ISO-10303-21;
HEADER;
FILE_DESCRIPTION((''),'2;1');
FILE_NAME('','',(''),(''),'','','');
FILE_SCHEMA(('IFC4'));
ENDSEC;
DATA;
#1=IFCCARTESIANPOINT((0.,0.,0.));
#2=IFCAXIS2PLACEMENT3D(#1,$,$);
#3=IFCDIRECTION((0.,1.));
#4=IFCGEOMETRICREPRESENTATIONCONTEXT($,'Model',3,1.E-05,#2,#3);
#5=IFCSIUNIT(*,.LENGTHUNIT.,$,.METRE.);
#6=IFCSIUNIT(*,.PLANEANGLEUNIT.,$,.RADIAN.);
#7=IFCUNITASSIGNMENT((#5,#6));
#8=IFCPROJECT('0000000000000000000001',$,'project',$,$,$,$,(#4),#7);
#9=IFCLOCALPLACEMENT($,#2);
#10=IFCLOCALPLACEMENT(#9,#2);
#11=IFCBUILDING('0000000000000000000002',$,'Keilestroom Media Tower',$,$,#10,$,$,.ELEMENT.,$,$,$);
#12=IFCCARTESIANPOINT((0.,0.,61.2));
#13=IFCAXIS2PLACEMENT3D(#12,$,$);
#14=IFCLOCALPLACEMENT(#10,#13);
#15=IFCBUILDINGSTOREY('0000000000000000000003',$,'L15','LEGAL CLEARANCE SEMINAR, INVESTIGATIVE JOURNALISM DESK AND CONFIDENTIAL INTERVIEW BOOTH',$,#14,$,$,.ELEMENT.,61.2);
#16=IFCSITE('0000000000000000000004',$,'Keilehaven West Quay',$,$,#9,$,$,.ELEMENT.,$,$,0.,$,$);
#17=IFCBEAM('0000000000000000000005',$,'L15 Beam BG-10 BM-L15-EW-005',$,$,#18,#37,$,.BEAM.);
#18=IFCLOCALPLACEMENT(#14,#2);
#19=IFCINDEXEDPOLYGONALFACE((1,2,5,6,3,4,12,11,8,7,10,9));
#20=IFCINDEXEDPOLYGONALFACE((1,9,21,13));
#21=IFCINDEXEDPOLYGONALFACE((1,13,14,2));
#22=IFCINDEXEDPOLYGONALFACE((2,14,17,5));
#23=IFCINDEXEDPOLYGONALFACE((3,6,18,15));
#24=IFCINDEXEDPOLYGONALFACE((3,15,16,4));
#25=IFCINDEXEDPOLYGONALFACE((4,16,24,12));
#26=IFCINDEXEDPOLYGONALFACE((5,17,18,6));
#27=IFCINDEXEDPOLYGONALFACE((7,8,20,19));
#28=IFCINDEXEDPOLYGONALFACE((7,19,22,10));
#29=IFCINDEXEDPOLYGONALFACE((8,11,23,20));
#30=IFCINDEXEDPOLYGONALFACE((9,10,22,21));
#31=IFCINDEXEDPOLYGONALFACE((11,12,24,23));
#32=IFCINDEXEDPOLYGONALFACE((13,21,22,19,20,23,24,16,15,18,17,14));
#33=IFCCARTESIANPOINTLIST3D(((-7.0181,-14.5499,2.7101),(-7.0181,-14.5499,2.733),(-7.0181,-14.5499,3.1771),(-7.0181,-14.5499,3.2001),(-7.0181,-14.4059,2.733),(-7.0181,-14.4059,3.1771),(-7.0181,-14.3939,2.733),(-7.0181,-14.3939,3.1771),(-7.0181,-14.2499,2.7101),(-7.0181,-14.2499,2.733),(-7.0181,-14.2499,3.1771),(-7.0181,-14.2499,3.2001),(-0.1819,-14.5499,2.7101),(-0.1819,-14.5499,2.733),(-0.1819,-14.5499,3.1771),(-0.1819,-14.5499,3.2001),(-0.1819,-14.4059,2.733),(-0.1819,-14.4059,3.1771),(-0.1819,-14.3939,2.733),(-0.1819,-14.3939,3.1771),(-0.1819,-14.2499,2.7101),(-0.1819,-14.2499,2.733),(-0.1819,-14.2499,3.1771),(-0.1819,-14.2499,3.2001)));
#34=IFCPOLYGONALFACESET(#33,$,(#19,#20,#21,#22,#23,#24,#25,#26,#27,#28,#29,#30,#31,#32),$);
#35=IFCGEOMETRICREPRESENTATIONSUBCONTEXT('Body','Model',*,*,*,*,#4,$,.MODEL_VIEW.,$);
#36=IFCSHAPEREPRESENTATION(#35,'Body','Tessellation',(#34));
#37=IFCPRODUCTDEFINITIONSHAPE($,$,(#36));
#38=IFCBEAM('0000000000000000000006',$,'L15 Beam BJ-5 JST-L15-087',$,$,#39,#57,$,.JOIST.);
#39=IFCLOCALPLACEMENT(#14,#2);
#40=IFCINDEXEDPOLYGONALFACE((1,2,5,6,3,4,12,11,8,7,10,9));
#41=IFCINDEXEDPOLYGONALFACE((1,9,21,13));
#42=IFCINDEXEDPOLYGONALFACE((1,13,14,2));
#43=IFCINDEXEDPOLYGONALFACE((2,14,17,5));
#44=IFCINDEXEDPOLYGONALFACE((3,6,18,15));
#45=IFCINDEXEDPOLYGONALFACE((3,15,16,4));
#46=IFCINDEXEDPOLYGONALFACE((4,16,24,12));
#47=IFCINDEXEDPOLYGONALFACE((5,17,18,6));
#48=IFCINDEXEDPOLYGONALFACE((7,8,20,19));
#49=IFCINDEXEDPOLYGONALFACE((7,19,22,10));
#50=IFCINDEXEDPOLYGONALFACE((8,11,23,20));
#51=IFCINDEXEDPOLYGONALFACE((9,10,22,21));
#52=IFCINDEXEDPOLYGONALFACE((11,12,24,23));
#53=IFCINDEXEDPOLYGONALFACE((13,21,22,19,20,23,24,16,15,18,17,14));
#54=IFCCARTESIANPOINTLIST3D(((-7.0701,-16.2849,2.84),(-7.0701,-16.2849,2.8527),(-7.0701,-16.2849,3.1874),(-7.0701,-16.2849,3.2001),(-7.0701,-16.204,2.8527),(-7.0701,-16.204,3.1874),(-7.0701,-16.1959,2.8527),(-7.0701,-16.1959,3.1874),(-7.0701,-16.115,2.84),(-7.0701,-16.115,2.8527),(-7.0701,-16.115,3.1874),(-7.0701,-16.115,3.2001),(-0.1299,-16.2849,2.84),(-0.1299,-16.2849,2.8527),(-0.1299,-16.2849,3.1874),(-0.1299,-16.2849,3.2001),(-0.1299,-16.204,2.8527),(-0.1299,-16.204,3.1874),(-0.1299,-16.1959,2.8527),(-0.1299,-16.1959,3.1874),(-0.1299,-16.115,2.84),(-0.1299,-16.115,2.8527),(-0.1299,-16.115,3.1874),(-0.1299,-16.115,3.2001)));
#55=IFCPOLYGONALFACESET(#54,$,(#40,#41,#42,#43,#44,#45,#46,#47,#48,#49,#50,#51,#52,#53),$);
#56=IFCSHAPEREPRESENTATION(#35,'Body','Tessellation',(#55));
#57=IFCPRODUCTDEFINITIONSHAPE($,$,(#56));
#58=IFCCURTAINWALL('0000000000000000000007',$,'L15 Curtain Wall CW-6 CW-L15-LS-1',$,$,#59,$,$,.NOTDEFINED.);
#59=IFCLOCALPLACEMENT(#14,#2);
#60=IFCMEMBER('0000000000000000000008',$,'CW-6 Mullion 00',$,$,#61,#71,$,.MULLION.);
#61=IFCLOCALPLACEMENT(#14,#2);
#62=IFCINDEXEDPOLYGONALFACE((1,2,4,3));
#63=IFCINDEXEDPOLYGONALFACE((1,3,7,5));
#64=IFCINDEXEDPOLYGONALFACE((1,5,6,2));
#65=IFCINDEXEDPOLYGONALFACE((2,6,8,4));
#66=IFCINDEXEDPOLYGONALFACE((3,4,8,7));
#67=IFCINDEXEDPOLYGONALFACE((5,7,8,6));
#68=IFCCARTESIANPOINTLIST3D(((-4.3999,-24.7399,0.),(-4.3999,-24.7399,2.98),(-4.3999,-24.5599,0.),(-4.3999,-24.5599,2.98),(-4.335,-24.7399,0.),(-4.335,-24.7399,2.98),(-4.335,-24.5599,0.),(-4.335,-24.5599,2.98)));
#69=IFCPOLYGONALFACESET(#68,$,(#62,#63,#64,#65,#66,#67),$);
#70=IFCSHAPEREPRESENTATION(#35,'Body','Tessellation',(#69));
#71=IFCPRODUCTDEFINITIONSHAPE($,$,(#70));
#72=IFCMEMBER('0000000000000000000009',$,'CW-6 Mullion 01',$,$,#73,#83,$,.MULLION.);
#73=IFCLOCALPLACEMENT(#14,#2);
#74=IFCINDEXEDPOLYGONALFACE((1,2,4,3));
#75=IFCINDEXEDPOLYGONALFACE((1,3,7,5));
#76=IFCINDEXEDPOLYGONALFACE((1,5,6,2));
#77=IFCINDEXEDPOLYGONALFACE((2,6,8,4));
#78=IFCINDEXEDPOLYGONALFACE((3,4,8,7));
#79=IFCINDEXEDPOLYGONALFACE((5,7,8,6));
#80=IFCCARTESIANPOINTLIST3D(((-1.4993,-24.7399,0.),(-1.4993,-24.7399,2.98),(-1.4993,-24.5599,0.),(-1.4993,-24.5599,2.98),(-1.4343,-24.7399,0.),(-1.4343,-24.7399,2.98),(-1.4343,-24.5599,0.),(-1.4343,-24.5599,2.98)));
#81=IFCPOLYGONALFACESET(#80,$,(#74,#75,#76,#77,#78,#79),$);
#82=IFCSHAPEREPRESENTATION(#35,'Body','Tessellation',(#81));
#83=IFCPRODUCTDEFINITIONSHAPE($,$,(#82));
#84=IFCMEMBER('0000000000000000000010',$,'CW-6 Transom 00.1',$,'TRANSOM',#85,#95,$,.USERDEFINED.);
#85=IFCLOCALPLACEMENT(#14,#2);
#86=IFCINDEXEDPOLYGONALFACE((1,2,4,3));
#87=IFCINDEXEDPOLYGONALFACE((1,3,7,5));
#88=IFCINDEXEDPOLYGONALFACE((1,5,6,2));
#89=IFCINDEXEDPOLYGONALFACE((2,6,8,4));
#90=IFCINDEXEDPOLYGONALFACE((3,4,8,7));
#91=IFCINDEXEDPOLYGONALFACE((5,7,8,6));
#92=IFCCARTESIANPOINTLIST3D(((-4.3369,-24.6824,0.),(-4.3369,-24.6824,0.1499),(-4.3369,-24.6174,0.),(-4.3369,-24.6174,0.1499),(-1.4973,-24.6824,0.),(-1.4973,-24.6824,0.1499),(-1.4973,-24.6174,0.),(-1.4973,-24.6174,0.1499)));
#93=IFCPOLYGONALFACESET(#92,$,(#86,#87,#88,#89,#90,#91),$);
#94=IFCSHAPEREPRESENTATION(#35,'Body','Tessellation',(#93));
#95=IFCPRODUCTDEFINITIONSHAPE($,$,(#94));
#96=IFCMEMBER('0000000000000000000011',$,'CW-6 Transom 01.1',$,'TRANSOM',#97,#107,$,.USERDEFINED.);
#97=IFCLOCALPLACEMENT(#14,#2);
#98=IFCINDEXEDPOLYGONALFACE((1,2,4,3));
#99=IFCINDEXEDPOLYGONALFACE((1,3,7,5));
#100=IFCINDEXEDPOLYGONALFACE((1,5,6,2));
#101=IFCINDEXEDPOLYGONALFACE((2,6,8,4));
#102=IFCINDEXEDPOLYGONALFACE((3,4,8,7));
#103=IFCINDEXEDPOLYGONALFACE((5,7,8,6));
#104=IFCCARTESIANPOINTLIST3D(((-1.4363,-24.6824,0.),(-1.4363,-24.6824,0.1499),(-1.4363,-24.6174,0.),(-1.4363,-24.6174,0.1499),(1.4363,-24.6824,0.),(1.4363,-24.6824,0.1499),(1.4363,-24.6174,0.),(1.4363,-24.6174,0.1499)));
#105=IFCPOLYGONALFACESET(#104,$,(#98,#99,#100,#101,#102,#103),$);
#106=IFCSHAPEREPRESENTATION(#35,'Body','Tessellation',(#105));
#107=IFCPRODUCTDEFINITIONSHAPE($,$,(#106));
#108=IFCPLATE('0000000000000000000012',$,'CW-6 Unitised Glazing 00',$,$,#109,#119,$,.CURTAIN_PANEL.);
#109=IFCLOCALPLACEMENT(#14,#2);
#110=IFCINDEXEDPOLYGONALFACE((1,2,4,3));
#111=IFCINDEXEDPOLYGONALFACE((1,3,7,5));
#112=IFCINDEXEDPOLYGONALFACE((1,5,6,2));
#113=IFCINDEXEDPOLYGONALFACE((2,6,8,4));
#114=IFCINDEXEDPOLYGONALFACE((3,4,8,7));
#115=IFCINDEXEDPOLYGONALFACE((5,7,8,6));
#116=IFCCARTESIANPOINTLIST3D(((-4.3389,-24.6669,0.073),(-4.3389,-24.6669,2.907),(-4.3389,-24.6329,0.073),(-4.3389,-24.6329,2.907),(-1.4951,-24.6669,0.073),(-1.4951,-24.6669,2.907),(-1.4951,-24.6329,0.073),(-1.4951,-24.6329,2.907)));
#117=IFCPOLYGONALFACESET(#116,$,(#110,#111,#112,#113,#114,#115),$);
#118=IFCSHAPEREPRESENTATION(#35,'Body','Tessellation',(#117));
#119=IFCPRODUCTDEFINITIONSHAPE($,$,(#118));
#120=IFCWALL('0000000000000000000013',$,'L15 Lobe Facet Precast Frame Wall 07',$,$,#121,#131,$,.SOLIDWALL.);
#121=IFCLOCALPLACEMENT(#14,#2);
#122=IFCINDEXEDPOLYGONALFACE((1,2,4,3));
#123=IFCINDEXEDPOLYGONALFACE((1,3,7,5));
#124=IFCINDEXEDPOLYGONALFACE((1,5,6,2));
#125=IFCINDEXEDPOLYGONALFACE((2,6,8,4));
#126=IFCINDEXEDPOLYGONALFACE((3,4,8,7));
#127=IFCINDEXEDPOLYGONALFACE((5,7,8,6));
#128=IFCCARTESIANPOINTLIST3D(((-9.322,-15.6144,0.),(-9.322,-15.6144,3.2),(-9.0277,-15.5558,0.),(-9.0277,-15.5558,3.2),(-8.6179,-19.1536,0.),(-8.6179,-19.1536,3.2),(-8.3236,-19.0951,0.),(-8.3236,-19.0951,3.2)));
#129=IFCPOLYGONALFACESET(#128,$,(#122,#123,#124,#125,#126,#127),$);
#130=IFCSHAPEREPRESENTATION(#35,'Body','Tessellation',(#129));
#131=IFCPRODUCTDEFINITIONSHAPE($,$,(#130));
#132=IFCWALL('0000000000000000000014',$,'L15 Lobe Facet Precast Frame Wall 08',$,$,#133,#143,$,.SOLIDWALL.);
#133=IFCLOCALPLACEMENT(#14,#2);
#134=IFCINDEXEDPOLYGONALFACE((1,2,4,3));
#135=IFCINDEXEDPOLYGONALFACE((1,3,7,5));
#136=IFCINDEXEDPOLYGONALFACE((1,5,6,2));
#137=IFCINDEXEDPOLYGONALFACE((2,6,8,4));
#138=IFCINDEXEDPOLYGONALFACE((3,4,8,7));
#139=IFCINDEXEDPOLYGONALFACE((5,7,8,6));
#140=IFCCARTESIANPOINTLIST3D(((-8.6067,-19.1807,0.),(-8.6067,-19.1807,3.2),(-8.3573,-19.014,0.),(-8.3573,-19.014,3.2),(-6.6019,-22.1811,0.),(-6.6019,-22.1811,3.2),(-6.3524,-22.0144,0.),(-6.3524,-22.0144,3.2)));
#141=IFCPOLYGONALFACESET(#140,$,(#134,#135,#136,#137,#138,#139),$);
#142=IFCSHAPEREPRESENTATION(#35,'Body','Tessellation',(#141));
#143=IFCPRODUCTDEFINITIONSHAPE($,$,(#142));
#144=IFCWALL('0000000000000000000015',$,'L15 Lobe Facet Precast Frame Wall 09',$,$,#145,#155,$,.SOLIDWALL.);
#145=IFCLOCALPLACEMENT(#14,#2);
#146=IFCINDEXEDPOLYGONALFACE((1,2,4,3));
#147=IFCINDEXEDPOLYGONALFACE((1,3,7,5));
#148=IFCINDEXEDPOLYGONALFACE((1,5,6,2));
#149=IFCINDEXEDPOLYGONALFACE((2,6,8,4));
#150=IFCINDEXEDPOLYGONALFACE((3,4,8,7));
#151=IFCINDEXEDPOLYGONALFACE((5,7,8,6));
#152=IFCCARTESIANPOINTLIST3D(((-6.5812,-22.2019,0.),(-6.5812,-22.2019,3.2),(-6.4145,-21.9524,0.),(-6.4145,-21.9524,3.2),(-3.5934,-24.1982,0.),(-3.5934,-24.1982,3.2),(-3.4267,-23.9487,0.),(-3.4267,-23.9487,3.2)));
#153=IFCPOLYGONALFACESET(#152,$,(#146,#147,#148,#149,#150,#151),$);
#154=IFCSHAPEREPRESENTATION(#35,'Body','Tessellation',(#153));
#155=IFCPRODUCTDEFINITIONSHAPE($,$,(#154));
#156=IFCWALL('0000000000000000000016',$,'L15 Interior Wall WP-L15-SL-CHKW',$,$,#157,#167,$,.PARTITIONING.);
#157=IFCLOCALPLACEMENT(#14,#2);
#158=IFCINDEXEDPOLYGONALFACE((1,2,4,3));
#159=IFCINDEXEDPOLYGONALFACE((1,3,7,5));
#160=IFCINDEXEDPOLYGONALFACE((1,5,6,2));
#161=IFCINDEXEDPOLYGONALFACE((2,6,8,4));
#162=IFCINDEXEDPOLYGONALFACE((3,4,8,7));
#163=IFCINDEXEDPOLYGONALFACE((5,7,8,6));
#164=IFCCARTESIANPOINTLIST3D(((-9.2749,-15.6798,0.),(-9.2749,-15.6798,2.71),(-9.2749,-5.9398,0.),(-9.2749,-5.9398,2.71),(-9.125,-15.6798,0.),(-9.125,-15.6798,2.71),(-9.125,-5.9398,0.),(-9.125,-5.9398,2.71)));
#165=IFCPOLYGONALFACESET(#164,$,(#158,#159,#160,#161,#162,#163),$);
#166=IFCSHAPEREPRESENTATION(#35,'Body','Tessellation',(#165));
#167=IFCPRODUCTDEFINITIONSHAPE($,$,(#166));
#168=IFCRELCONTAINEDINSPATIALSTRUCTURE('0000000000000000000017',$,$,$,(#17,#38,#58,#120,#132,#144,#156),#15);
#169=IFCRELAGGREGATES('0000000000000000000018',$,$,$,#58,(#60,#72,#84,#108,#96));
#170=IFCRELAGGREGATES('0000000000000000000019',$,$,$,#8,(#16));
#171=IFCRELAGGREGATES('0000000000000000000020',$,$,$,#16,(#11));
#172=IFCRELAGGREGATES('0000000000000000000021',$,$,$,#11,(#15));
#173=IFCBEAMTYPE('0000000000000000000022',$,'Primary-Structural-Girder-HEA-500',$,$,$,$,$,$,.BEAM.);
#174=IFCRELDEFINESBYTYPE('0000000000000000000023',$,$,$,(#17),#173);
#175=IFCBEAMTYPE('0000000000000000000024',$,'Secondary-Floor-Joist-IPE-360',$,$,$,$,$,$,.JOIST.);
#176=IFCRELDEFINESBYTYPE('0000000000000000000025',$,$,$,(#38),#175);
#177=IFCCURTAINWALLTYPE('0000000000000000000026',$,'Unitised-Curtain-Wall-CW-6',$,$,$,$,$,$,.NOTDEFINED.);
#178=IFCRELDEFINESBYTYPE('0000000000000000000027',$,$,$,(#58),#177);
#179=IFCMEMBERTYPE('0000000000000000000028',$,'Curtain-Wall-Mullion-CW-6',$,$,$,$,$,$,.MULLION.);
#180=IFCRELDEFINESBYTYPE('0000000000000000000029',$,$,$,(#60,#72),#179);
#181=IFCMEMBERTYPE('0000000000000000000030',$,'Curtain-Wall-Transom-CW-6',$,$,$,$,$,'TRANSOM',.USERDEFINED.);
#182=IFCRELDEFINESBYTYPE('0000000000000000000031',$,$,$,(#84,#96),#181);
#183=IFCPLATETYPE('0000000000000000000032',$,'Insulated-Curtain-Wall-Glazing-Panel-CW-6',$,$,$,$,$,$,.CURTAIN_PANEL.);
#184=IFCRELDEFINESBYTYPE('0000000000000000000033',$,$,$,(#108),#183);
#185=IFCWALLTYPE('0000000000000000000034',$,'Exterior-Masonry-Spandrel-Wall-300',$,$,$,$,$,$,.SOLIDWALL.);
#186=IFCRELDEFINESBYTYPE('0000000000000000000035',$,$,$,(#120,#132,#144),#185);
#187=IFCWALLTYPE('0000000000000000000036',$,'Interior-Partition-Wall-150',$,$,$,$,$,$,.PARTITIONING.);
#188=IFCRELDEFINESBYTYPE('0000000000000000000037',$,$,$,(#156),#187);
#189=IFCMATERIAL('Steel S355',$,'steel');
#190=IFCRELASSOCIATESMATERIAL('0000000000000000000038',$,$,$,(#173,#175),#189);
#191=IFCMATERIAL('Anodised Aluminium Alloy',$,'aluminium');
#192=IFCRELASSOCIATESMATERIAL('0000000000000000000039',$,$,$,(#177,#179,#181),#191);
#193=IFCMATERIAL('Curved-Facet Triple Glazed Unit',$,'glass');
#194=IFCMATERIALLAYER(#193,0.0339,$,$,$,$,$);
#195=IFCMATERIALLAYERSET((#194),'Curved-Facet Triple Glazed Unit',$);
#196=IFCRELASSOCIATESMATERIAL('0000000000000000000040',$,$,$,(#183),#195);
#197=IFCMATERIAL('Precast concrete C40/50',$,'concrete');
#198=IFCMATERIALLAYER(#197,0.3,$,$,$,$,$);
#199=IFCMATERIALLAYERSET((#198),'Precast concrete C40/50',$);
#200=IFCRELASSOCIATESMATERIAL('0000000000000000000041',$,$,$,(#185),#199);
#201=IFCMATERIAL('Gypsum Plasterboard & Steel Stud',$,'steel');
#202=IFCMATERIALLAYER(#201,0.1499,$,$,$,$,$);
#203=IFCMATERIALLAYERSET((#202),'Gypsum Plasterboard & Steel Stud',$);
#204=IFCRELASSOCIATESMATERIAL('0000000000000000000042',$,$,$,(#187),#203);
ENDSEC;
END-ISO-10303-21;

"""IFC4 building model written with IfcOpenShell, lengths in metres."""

from ifc_helpers import new_model, si_unit, direction, frame, frame_2d, origin, origin_2d, place, context, subcontext, project, spatial, rectangle, i_section, extrude, source, transform, mapped, material, layer, layer_set, material_profile, profile_set, type_object, element, aggregate, save


model = new_model("IFC4")

# Units and contexts
model_context = context("Model", 3, precision=1e-05, world=origin(), true_north=direction((0.0, 1.0)))
body_context = subcontext(model_context, "Body", "Model", "MODEL_VIEW")
ifc_project = project(units=[si_unit("LENGTHUNIT", "METRE"), si_unit("PLANEANGLEUNIT", "RADIAN")], contexts=[model_context])

# Site, building, storey
site_placement = place(None, origin())
site = spatial("IfcSite", under=ifc_project, at=site_placement, Name="Keilehaven West Quay", CompositionType="ELEMENT", RefElevation=0.0)
building_placement = place(site_placement, origin())
building = spatial("IfcBuilding", under=site, at=building_placement, Name="Keilestroom Media Tower", CompositionType="ELEMENT")
storey_placement = place(building_placement, frame((0.0, 0.0, 61.2)))
storey = spatial("IfcBuildingStorey", under=building, at=storey_placement, Name="L15", Description="LEGAL CLEARANCE SEMINAR, INVESTIGATIVE JOURNALISM DESK AND CONFIDENTIAL INTERVIEW BOOTH", CompositionType="ELEMENT", Elevation=61.2)

# Beams
ifc_material_1 = material(Name="Steel S355", Category="steel")
ifc_material_profile_1 = material_profile(ifc_material_1, i_section(OverallWidth=0.3, OverallDepth=0.49, WebThickness=0.012, FlangeThickness=0.0229, at=origin_2d()), Name="HEA 500")
ifc_profile_set_1 = profile_set([ifc_material_profile_1], Name="Steel S355")
beam_type_1 = type_object("IfcBeamType", Name="Primary-Structural-Girder-HEA-500", PredefinedType="BEAM", material=ifc_profile_set_1)
shared_shape_1 = source(origin(), body_context, "Body", "SweptSolid", [
    extrude(i_section(OverallWidth=0.3, OverallDepth=0.49, WebThickness=0.012, FlangeThickness=0.0229, at=origin_2d()), origin(), (0.0, 0.0, 1.0), 6.8362),
])
for number, where, z_axis, x_axis, name in (
    (1, (-7.0181, -14.3999, 2.9551), (1.0, 0.0, 0.0), (0.0, 1.0, 0.0), "L15 Beam BG-10 BM-L15-EW-005"),
):
    element("IfcBeam", number, at=place(storey_placement, frame(where, z_axis=z_axis, x_axis=x_axis)), inside=storey, type_object=beam_type_1, Name=name, PredefinedType="BEAM", context=body_context, shape_type="MappedRepresentation", body=[
        mapped(shared_shape_1, transform((0.0, 0.0, 0.0), x_axis=(1.0, 0.0, 0.0), y_axis=(0.0, 1.0, 0.0), z_axis=(0.0, 0.0, 1.0), scale=1.0)),
    ])
ifc_material_profile_2 = material_profile(ifc_material_1, i_section(OverallWidth=0.1699, OverallDepth=0.3601, WebThickness=0.0081, FlangeThickness=0.0127, at=origin_2d()), Name="IPE 360")
ifc_profile_set_2 = profile_set([ifc_material_profile_2], Name="Steel S355")
beam_type_2 = type_object("IfcBeamType", Name="Secondary-Floor-Joist-IPE-360", PredefinedType="JOIST", material=ifc_profile_set_2)
shared_shape_2 = source(origin(), body_context, "Body", "SweptSolid", [
    extrude(i_section(OverallWidth=0.1699, OverallDepth=0.3601, WebThickness=0.0081, FlangeThickness=0.0127, at=origin_2d()), origin(), (0.0, 0.0, 1.0), 6.9402),
])
beam_1_placement = place(storey_placement, frame((-7.0701, -16.2, 3.02), z_axis=(1.0, 0.0, 0.0), x_axis=(0.0, 1.0, 0.0)))
element("IfcBeam", 2, at=beam_1_placement, inside=storey, type_object=beam_type_2, Name="L15 Beam BJ-5 JST-L15-087", PredefinedType="JOIST", context=body_context, shape_type="MappedRepresentation", body=[
    mapped(shared_shape_2, transform((0.0, 0.0, 0.0), x_axis=(1.0, 0.0, 0.0), y_axis=(0.0, 1.0, 0.0), z_axis=(0.0, 0.0, 1.0), scale=1.0)),
])

# Curtain wall, members, plate
ifc_material_2 = material(Name="Anodised Aluminium Alloy", Category="aluminium")
curtain_wall_type = type_object("IfcCurtainWallType", Name="Unitised-Curtain-Wall-CW-6", PredefinedType="NOTDEFINED", material=ifc_material_2)
curtain_wall_placement = place(storey_placement, origin())
curtain_wall = element("IfcCurtainWall", 3, at=curtain_wall_placement, inside=storey, type_object=curtain_wall_type, Name="L15 Curtain Wall CW-6 CW-L15-LS-1", PredefinedType="NOTDEFINED")
ifc_material_profile_3 = material_profile(ifc_material_2, rectangle(XDim=0.0649, YDim=0.1799, at=origin_2d()), Name="ALU MULLION 65x180")
ifc_profile_set_3 = profile_set([ifc_material_profile_3], Name="Anodised Aluminium Alloy")
member_type_1 = type_object("IfcMemberType", Name="Curtain-Wall-Mullion-CW-6", PredefinedType="MULLION", material=ifc_profile_set_3)
shared_shape_3 = source(origin(), body_context, "Body", "SweptSolid", [
    extrude(rectangle(XDim=0.0649, YDim=0.1799, at=origin_2d()), origin(), (0.0, 0.0, 1.0), 2.98),
])
member_1_placement = place(storey_placement, frame((-4.3674, -24.6499, 0.0), z_axis=(0.0, 0.0, 1.0), x_axis=(1.0, 0.0, 0.0)))
member_1 = element("IfcMember", 4, at=member_1_placement, type_object=member_type_1, Name="CW-6 Mullion 00", PredefinedType="MULLION", context=body_context, shape_type="MappedRepresentation", body=[
    mapped(shared_shape_3, transform((0.0, 0.0, 0.0), x_axis=(1.0, 0.0, 0.0), y_axis=(0.0, 1.0, 0.0), z_axis=(0.0, 0.0, 1.0), scale=1.0)),
])
member_2_placement = place(storey_placement, frame((-1.4668, -24.6499, 0.0), z_axis=(0.0, 0.0, 1.0), x_axis=(1.0, 0.0, 0.0)))
member_2 = element("IfcMember", 5, at=member_2_placement, type_object=member_type_1, Name="CW-6 Mullion 01", PredefinedType="MULLION", context=body_context, shape_type="MappedRepresentation", body=[
    mapped(shared_shape_3, transform((0.0, 0.0, 0.0), x_axis=(1.0, 0.0, 0.0), y_axis=(0.0, 1.0, 0.0), z_axis=(0.0, 0.0, 1.0), scale=1.0)),
])
ifc_material_profile_4 = material_profile(ifc_material_2, rectangle(XDim=0.0649, YDim=0.1499, at=origin_2d()), Name="ALU TRANSOM 65x150")
ifc_profile_set_4 = profile_set([ifc_material_profile_4], Name="Anodised Aluminium Alloy")
member_type_2 = type_object("IfcMemberType", Name="Curtain-Wall-Transom-CW-6", ElementType="TRANSOM", PredefinedType="USERDEFINED", material=ifc_profile_set_4)
shared_shape_4 = source(origin(), body_context, "Body", "SweptSolid", [
    extrude(rectangle(XDim=0.0649, YDim=0.1499, at=origin_2d()), origin(), (0.0, 0.0, 1.0), 2.8396),
])
member_3_placement = place(storey_placement, frame((-4.3369, -24.6499, 0.075), z_axis=(1.0, 0.0, 0.0), x_axis=(0.0, 1.0, 0.0)))
member_3 = element("IfcMember", 6, at=member_3_placement, type_object=member_type_2, Name="CW-6 Transom 00.1", ObjectType="TRANSOM", PredefinedType="USERDEFINED", context=body_context, shape_type="MappedRepresentation", body=[
    mapped(shared_shape_4, transform((0.0, 0.0, 0.0), x_axis=(1.0, 0.0, 0.0), y_axis=(0.0, 1.0, 0.0), z_axis=(0.0, 0.0, 1.0), scale=1.0)),
])
shared_shape_5 = source(origin(), body_context, "Body", "SweptSolid", [
    extrude(rectangle(XDim=0.0649, YDim=0.1499, at=origin_2d()), origin(), (0.0, 0.0, 1.0), 2.8726),
])
member_4_placement = place(storey_placement, frame((-1.4363, -24.6499, 0.075), z_axis=(1.0, 0.0, 0.0), x_axis=(0.0, 1.0, 0.0)))
member_4 = element("IfcMember", 7, at=member_4_placement, type_object=member_type_2, Name="CW-6 Transom 01.1", ObjectType="TRANSOM", PredefinedType="USERDEFINED", context=body_context, shape_type="MappedRepresentation", body=[
    mapped(shared_shape_5, transform((0.0, 0.0, 0.0), x_axis=(1.0, 0.0, 0.0), y_axis=(0.0, 1.0, 0.0), z_axis=(0.0, 0.0, 1.0), scale=1.0)),
])
ifc_material_3 = material(Name="Curved-Facet Triple Glazed Unit", Category="glass")
ifc_layer_1 = layer(ifc_material_3, 0.0339)
ifc_layer_set_1 = layer_set([ifc_layer_1], Name="Curved-Facet Triple Glazed Unit")
plate_type = type_object("IfcPlateType", Name="Insulated-Curtain-Wall-Glazing-Panel-CW-6", PredefinedType="CURTAIN_PANEL", material=ifc_layer_set_1)
shared_shape_6 = source(origin(), body_context, "Body", "SweptSolid", [
    extrude(rectangle(XDim=2.8438, YDim=0.0339, at=origin_2d()), origin(), (0.0, 0.0, 1.0), 2.834),
])
plate_placement = place(storey_placement, frame((-2.917, -24.6499, 0.073), z_axis=(0.0, 0.0, 1.0), x_axis=(1.0, 0.0, 0.0)))
plate = element("IfcPlate", 8, at=plate_placement, type_object=plate_type, Name="CW-6 Unitised Glazing 00", PredefinedType="CURTAIN_PANEL", context=body_context, shape_type="MappedRepresentation", body=[
    mapped(shared_shape_6, transform((0.0, 0.0, 0.0), x_axis=(1.0, 0.0, 0.0), y_axis=(0.0, 1.0, 0.0), z_axis=(0.0, 0.0, 1.0), scale=1.0)),
])
aggregate(curtain_wall, [member_1, member_2, member_3, plate, member_4])

# Walls
ifc_material_4 = material(Name="Precast concrete C40/50", Category="concrete")
ifc_layer_2 = layer(ifc_material_4, 0.3)
ifc_layer_set_2 = layer_set([ifc_layer_2], Name="Precast concrete C40/50")
wall_type_1 = type_object("IfcWallType", Name="Exterior-Masonry-Spandrel-Wall-300", PredefinedType="SOLIDWALL", material=ifc_layer_set_2)
for number, where, z_axis, x_axis, name in (
    (9, (-9.1748, -15.5852, 0.0), (0.0, 0.0, 1.0), (0.195114, -0.980781, 0.0), "L15 Lobe Facet Precast Frame Wall 07"),
    (10, (-8.4819, -19.0974, 0.0), (0.0, 0.0, 1.0), (0.555574, -0.831467, 0.0), "L15 Lobe Facet Precast Frame Wall 08"),
):
    element("IfcWall", number, at=place(storey_placement, frame(where, z_axis=z_axis, x_axis=x_axis)), inside=storey, type_object=wall_type_1, Name=name, PredefinedType="SOLIDWALL", context=body_context, shape_type="SweptSolid", body=[
        extrude(rectangle(XDim=3.6086, YDim=0.3, at=frame_2d((1.8042, 0.0))), origin(), (0.0, 0.0, 1.0), 3.2),
    ])
wall_1_placement = place(storey_placement, frame((-6.4978, -22.0771, 0.0), z_axis=(0.0, 0.0, 1.0), x_axis=(0.831475, -0.555562, 0.0)))
element("IfcWall", 11, at=wall_1_placement, inside=storey, type_object=wall_type_1, Name="L15 Lobe Facet Precast Frame Wall 09", PredefinedType="SOLIDWALL", context=body_context, shape_type="SweptSolid", body=[
    extrude(rectangle(XDim=3.5933, YDim=0.3, at=frame_2d((1.7966, 0.0))), origin(), (0.0, 0.0, 1.0), 3.2),
])
ifc_material_5 = material(Name="Gypsum Plasterboard & Steel Stud", Category="steel")
ifc_layer_3 = layer(ifc_material_5, 0.1499)
ifc_layer_set_3 = layer_set([ifc_layer_3], Name="Gypsum Plasterboard & Steel Stud")
wall_type_2 = type_object("IfcWallType", Name="Interior-Partition-Wall-150", PredefinedType="PARTITIONING", material=ifc_layer_set_3)
wall_2_placement = place(storey_placement, frame((-9.2, -15.6799, 0.0), z_axis=(0.0, 0.0, 1.0), x_axis=(0.0, 1.0, 0.0)))
element("IfcWall", 12, at=wall_2_placement, inside=storey, type_object=wall_type_2, Name="L15 Interior Wall WP-L15-SL-CHKW", PredefinedType="PARTITIONING", context=body_context, shape_type="SweptSolid", body=[
    extrude(rectangle(XDim=9.74, YDim=0.1499, at=frame_2d((4.8701, 0.0))), origin(), (0.0, 0.0, 1.0), 2.71),
])

save(model, "model.ifc")
